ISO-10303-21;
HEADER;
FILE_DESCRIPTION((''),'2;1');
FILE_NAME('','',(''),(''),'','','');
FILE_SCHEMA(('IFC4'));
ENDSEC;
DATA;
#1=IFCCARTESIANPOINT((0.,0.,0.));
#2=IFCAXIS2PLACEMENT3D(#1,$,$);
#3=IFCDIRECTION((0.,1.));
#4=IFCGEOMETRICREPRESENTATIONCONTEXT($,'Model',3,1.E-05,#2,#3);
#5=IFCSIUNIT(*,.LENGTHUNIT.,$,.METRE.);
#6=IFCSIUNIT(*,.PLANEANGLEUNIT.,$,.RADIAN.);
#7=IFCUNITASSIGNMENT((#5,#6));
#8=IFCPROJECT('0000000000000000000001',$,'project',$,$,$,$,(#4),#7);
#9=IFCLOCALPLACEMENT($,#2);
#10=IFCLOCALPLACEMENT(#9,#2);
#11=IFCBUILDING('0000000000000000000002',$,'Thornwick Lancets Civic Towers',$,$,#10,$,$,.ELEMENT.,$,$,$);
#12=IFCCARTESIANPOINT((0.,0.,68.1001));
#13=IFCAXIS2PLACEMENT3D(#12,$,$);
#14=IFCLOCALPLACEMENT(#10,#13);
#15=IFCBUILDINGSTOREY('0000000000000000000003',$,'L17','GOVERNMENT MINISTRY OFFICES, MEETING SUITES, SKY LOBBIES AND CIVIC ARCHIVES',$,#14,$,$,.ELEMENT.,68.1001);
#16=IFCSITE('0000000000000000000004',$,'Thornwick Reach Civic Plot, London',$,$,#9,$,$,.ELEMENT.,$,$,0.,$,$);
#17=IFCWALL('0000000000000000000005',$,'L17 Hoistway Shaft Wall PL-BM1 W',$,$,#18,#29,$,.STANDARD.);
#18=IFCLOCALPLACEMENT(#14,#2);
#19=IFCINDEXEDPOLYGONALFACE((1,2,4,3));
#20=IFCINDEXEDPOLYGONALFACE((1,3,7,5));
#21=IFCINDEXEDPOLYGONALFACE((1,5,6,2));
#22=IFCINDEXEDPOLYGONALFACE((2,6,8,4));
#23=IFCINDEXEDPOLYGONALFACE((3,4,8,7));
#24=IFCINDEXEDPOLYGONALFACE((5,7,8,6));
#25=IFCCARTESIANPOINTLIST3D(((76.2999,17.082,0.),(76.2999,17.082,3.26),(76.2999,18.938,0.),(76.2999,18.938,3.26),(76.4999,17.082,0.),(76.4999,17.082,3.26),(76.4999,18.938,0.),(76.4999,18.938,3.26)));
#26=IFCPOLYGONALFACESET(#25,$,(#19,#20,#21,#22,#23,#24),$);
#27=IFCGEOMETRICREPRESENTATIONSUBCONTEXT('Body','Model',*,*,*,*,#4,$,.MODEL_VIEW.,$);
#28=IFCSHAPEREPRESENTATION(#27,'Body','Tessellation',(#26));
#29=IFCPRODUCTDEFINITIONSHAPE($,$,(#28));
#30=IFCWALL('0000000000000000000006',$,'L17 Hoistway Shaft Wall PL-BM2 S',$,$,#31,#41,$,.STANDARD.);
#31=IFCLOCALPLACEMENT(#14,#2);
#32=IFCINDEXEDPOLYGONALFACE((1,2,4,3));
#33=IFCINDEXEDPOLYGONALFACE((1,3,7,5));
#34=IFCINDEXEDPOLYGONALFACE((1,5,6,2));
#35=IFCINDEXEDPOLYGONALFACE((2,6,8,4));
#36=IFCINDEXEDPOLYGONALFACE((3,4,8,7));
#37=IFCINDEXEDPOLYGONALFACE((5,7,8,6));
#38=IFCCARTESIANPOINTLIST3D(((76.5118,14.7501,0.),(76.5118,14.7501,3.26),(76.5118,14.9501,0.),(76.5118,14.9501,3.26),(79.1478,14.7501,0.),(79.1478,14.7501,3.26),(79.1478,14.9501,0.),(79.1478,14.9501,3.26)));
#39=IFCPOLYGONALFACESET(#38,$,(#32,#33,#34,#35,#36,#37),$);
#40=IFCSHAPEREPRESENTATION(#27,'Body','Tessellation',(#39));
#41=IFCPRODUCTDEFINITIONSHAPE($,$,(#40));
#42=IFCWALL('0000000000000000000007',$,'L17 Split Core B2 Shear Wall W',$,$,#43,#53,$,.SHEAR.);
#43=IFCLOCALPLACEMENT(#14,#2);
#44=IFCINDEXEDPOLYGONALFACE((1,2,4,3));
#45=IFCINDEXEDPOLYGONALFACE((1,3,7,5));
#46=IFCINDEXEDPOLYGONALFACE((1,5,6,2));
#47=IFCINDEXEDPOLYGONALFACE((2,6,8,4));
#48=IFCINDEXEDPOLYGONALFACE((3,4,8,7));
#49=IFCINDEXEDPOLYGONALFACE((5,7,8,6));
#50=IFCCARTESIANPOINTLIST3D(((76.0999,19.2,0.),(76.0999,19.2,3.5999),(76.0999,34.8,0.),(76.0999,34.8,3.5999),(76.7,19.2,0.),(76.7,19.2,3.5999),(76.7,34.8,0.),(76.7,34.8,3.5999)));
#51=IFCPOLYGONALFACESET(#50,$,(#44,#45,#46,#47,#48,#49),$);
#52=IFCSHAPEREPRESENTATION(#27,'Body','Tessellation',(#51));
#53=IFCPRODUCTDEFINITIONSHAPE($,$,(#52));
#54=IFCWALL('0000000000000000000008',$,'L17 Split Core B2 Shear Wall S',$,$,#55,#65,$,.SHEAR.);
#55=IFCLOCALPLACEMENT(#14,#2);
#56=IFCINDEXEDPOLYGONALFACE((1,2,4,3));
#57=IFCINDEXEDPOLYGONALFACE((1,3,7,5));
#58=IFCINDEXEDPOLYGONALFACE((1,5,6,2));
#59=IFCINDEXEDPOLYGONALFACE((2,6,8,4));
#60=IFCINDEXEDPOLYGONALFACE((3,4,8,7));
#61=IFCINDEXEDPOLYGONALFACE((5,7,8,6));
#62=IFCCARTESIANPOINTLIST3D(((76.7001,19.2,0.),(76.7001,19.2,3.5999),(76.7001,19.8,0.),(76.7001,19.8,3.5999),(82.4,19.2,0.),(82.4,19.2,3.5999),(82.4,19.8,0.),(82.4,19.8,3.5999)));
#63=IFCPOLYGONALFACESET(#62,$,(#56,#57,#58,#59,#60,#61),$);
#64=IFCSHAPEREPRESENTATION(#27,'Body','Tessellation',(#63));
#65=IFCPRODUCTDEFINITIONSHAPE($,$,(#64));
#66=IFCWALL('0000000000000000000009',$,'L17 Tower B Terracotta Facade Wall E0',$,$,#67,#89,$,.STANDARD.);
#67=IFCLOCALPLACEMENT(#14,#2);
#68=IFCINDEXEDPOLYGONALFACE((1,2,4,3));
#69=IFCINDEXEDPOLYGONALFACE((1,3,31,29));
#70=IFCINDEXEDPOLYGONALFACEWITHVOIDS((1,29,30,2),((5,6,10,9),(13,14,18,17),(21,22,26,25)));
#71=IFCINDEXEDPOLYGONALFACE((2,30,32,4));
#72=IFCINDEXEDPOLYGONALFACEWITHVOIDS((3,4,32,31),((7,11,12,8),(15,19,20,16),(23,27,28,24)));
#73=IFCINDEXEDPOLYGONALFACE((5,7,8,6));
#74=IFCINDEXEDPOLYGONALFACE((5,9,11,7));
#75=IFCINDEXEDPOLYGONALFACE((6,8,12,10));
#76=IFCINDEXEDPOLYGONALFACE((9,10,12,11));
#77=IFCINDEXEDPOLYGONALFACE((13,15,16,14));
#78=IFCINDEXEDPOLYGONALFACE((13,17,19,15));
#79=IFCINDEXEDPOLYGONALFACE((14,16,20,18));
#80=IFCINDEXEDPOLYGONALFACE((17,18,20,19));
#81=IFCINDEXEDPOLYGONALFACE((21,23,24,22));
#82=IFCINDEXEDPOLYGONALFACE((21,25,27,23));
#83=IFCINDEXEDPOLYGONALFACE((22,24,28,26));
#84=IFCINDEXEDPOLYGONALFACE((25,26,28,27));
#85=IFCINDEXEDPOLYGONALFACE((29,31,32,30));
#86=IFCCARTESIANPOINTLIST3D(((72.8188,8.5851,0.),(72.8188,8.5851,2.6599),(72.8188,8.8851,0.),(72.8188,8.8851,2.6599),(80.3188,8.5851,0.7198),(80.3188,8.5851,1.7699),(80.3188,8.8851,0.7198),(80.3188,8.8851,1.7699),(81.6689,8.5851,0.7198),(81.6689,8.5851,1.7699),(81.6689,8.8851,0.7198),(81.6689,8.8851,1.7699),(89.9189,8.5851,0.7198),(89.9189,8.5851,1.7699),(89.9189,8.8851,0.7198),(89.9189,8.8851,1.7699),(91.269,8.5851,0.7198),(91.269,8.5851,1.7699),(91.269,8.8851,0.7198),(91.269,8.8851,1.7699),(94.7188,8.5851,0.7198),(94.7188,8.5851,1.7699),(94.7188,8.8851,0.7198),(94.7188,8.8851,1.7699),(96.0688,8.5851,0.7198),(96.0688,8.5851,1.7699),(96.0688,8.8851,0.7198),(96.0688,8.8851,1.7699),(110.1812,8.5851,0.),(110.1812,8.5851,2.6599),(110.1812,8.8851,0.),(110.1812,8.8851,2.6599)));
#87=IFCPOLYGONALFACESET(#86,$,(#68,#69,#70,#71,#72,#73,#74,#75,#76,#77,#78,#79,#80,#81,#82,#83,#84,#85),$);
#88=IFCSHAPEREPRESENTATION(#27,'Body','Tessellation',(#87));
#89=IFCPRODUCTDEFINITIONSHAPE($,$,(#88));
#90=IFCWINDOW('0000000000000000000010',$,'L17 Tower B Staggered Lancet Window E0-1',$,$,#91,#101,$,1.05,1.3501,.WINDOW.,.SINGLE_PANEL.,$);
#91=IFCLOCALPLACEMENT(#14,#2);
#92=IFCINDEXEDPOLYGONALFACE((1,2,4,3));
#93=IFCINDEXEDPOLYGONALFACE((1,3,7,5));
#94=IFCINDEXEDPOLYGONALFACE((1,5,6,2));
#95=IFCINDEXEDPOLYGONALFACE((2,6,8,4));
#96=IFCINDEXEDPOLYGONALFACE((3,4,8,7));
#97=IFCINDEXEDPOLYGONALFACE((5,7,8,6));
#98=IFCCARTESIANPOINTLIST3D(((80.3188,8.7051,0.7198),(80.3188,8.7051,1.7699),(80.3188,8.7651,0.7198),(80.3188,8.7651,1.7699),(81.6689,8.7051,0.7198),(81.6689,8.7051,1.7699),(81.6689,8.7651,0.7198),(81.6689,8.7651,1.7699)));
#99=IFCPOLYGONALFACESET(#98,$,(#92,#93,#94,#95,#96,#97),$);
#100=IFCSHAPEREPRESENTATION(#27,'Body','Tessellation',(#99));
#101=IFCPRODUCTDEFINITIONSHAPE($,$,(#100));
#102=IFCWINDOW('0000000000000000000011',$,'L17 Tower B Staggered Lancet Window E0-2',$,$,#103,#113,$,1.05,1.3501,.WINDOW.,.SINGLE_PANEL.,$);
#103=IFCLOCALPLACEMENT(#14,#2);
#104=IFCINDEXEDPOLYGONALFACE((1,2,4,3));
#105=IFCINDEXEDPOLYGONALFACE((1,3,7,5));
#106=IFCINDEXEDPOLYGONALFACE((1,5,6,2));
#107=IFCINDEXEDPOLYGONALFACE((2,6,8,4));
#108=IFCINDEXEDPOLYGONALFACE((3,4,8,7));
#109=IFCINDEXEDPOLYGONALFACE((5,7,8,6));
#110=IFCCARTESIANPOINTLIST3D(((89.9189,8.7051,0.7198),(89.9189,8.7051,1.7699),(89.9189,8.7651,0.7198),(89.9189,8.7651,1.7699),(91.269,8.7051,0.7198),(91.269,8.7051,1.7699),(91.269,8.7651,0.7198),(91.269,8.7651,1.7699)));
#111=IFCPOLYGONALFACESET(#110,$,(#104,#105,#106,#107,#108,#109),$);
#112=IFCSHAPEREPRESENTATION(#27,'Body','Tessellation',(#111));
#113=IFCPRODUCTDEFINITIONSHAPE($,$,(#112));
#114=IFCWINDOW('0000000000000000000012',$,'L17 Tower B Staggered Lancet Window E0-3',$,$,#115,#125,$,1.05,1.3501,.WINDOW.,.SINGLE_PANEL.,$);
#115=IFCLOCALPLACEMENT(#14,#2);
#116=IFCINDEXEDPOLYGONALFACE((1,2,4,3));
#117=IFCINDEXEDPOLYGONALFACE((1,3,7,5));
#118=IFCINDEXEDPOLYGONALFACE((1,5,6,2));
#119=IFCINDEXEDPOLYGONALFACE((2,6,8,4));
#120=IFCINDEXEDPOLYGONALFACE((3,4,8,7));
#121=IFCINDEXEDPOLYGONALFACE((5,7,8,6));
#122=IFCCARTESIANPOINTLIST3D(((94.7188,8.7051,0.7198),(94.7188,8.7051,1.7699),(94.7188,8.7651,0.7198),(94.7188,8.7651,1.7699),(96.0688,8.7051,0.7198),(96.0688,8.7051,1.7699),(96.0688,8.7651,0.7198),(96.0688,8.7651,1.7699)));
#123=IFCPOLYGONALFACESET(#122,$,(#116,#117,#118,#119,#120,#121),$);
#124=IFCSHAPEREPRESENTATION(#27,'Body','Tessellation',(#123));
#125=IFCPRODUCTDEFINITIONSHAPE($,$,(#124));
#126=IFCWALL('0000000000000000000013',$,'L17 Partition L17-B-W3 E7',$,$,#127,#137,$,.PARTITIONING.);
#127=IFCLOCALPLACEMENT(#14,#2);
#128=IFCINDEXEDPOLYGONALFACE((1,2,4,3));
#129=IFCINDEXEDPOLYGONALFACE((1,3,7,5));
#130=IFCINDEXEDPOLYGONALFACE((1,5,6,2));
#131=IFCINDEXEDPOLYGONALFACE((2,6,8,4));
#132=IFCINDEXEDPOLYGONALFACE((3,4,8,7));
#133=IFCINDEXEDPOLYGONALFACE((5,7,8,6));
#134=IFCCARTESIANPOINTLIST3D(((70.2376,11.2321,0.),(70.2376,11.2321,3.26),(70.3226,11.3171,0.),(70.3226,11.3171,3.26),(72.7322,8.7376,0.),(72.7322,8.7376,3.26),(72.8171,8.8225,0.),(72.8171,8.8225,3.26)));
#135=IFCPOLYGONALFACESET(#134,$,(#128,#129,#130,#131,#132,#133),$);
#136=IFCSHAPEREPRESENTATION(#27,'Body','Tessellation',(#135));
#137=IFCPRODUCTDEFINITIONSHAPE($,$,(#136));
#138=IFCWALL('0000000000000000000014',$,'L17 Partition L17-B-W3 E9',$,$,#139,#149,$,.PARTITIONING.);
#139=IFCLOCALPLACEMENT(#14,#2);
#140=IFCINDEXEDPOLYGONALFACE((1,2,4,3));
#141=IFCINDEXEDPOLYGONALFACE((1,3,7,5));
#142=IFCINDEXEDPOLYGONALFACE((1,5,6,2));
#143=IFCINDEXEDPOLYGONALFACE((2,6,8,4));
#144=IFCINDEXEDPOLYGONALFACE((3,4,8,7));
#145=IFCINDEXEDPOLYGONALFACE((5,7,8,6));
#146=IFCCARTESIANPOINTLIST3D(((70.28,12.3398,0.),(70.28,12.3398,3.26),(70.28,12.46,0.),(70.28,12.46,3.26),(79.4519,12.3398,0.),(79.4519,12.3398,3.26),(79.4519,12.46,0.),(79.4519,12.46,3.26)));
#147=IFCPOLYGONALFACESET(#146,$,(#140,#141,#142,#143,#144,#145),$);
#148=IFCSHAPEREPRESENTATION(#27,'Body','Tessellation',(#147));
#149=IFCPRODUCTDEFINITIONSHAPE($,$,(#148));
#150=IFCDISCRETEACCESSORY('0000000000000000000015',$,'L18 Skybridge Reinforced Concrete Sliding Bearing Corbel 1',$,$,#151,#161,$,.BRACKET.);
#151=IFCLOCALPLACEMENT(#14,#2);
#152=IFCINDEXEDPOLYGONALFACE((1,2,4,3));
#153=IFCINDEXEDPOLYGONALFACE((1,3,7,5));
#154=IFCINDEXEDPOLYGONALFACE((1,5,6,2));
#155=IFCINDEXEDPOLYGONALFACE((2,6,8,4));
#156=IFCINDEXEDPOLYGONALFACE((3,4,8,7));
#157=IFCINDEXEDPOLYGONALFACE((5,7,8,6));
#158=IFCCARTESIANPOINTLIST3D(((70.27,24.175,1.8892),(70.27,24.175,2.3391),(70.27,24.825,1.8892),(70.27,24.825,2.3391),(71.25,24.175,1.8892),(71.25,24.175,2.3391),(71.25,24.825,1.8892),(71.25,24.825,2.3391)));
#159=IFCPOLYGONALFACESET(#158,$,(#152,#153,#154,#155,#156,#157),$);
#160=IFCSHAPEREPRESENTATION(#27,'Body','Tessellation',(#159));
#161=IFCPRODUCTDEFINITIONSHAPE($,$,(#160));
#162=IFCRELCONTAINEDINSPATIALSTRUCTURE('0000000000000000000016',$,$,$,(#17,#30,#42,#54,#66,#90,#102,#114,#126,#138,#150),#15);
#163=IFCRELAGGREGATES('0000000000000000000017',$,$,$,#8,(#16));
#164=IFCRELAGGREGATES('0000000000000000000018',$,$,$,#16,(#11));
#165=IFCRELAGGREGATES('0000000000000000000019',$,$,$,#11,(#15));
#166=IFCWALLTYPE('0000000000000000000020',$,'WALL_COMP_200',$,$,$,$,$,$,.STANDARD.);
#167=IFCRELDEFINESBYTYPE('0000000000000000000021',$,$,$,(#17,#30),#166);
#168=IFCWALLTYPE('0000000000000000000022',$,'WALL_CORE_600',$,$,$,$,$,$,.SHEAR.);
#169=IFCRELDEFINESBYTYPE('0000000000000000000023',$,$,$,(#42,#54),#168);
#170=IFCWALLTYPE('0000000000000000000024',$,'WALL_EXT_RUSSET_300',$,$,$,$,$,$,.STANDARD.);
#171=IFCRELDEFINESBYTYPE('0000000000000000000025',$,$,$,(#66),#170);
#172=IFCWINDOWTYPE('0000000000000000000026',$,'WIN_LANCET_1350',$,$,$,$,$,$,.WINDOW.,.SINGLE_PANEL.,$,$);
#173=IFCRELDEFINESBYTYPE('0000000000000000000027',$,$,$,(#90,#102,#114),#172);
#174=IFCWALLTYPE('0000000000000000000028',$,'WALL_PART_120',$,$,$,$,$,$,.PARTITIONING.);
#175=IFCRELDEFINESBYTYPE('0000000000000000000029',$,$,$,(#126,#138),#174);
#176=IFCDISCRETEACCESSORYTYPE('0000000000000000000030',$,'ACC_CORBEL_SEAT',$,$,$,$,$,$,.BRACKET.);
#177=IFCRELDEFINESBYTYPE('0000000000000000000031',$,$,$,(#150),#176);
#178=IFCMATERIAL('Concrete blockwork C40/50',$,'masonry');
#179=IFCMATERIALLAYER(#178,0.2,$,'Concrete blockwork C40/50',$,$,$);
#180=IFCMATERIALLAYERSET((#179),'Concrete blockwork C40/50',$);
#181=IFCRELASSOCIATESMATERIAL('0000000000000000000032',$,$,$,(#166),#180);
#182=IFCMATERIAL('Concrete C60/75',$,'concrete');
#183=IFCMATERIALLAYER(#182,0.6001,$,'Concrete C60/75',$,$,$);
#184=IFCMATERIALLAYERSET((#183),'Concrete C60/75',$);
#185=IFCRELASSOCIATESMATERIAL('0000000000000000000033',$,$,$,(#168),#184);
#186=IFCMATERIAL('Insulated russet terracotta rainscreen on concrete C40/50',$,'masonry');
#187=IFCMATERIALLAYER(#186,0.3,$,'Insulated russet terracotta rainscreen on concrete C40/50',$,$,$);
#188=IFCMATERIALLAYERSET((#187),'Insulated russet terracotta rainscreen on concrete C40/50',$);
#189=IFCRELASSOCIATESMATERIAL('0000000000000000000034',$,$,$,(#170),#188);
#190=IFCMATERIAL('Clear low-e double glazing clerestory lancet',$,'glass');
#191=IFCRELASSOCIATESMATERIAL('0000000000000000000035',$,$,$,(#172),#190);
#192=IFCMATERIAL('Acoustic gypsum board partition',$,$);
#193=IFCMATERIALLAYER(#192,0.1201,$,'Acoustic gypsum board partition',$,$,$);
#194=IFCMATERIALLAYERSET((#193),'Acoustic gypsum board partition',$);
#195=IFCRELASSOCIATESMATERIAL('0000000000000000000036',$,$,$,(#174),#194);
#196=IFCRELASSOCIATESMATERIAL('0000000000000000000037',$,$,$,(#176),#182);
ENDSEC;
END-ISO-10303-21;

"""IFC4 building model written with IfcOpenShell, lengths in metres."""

from ifc_helpers import new_model, si_unit, direction, frame, frame_2d, origin, origin_2d, place, context, subcontext, project, spatial, rectangle, extrude, material, layer, layer_set, type_object, element, fill, save


model = new_model("IFC4")

# Units and contexts
model_context = context("Model", 3, precision=1e-05, world=origin(), true_north=direction((0.0, 1.0)))
body_context = subcontext(model_context, "Body", "Model", "MODEL_VIEW")
ifc_project = project(units=[si_unit("LENGTHUNIT", "METRE"), si_unit("PLANEANGLEUNIT", "RADIAN")], contexts=[model_context])

# Site, building, storey
site_placement = place(None, origin())
site = spatial("IfcSite", under=ifc_project, at=site_placement, Name="Thornwick Reach Civic Plot, London", CompositionType="ELEMENT", RefElevation=0.0)
building_placement = place(site_placement, origin())
building = spatial("IfcBuilding", under=site, at=building_placement, Name="Thornwick Lancets Civic Towers", CompositionType="ELEMENT")
storey_placement = place(building_placement, frame((0.0, 0.0, 68.1001)))
storey = spatial("IfcBuildingStorey", under=building, at=storey_placement, Name="L17", Description="GOVERNMENT MINISTRY OFFICES, MEETING SUITES, SKY LOBBIES AND CIVIC ARCHIVES", CompositionType="ELEMENT", Elevation=68.1001)

# Shared definitions
ifc_material_1 = material(Name="Concrete C60/75", Category="concrete")

# Walls
ifc_material_2 = material(Name="Concrete blockwork C40/50", Category="masonry")
ifc_layer_1 = layer(ifc_material_2, 0.2, Name="Concrete blockwork C40/50")
ifc_layer_set_1 = layer_set([ifc_layer_1], Name="Concrete blockwork C40/50")
wall_type_1 = type_object("IfcWallType", Name="WALL_COMP_200", PredefinedType="STANDARD", material=ifc_layer_set_1)
wall_1_placement = place(storey_placement, frame((76.3999, 17.082, 0.0), z_axis=(0.0, 0.0, 1.0), x_axis=(0.0, 1.0, 0.0)))
element("IfcWall", 1, at=wall_1_placement, inside=storey, type_object=wall_type_1, Name="L17 Hoistway Shaft Wall PL-BM1 W", PredefinedType="STANDARD", context=body_context, shape_type="SweptSolid", body=[
    extrude(rectangle(XDim=1.856, YDim=0.2, at=frame_2d((0.928, 0.0))), origin(), (0.0, 0.0, 1.0), 3.26),
])
wall_2_placement = place(storey_placement, frame((76.512, 14.8501, 0.0), z_axis=(0.0, 0.0, 1.0), x_axis=(1.0, 0.0, 0.0)))
element("IfcWall", 2, at=wall_2_placement, inside=storey, type_object=wall_type_1, Name="L17 Hoistway Shaft Wall PL-BM2 S", PredefinedType="STANDARD", context=body_context, shape_type="SweptSolid", body=[
    extrude(rectangle(XDim=2.636, YDim=0.2, at=frame_2d((1.3179, 0.0))), origin(), (0.0, 0.0, 1.0), 3.26),
])
ifc_layer_2 = layer(ifc_material_1, 0.6001, Name="Concrete C60/75")
ifc_layer_set_2 = layer_set([ifc_layer_2], Name="Concrete C60/75")
wall_type_2 = type_object("IfcWallType", Name="WALL_CORE_600", PredefinedType="SHEAR", material=ifc_layer_set_2)
wall_3_placement = place(storey_placement, frame((76.3999, 19.2, 0.0), z_axis=(0.0, 0.0, 1.0), x_axis=(0.0, 1.0, 0.0)))
element("IfcWall", 3, at=wall_3_placement, inside=storey, type_object=wall_type_2, Name="L17 Split Core B2 Shear Wall W", PredefinedType="SHEAR", context=body_context, shape_type="SweptSolid", body=[
    extrude(rectangle(XDim=15.6001, YDim=0.6001, at=frame_2d((7.8, 0.0))), origin(), (0.0, 0.0, 1.0), 3.5999),
])
wall_4_placement = place(storey_placement, frame((76.7, 19.5, 0.0), z_axis=(0.0, 0.0, 1.0), x_axis=(1.0, 0.0, 0.0)))
element("IfcWall", 4, at=wall_4_placement, inside=storey, type_object=wall_type_2, Name="L17 Split Core B2 Shear Wall S", PredefinedType="SHEAR", context=body_context, shape_type="SweptSolid", body=[
    extrude(rectangle(XDim=5.7, YDim=0.6001, at=frame_2d((2.8501, 0.0))), origin(), (0.0, 0.0, 1.0), 3.5999),
])

# Wall, openings, windows
ifc_material_3 = material(Name="Insulated russet terracotta rainscreen on concrete C40/50", Category="masonry")
ifc_layer_3 = layer(ifc_material_3, 0.3, Name="Insulated russet terracotta rainscreen on concrete C40/50")
ifc_layer_set_3 = layer_set([ifc_layer_3], Name="Insulated russet terracotta rainscreen on concrete C40/50")
wall_type_3 = type_object("IfcWallType", Name="WALL_EXT_RUSSET_300", PredefinedType="STANDARD", material=ifc_layer_set_3)
wall_5_placement = place(storey_placement, frame((72.8188, 8.7351, 0.0), z_axis=(0.0, 0.0, 1.0), x_axis=(1.0, 0.0, 0.0)))
wall_5 = element("IfcWall", 5, at=wall_5_placement, inside=storey, type_object=wall_type_3, Name="L17 Tower B Terracotta Facade Wall E0", PredefinedType="STANDARD", context=body_context, shape_type="SweptSolid", body=[
    extrude(rectangle(XDim=37.3623, YDim=0.3, at=frame_2d((18.6812, 0.0))), origin(), (0.0, 0.0, 1.0), 2.6599),
])
opening_1_placement = place(wall_5_placement, frame((7.5, 0.0, 0.72)))
opening_1 = element("IfcOpeningElement", 6, at=opening_1_placement, cuts=wall_5, PredefinedType="OPENING", context=body_context, shape_type="SweptSolid", body=[
    extrude(rectangle(XDim=1.3501, YDim=1.05, at=frame_2d((0.675, 0.5249))), frame((0.0, 0.1602, 0.0), z_axis=(0.0, -1.0, 0.0), x_axis=(1.0, 0.0, 0.0)), (0.0, 0.0, 1.0), 0.3201),
])
opening_2_placement = place(wall_5_placement, frame((17.1001, 0.0, 0.72)))
opening_2 = element("IfcOpeningElement", 7, at=opening_2_placement, cuts=wall_5, PredefinedType="OPENING", context=body_context, shape_type="SweptSolid", body=[
    extrude(rectangle(XDim=1.3501, YDim=1.05, at=frame_2d((0.675, 0.5249))), frame((0.0, 0.1602, 0.0), z_axis=(0.0, -1.0, 0.0), x_axis=(1.0, 0.0, 0.0)), (0.0, 0.0, 1.0), 0.3201),
])
opening_3_placement = place(wall_5_placement, frame((21.8999, 0.0, 0.72)))
opening_3 = element("IfcOpeningElement", 8, at=opening_3_placement, cuts=wall_5, PredefinedType="OPENING", context=body_context, shape_type="SweptSolid", body=[
    extrude(rectangle(XDim=1.3501, YDim=1.05, at=frame_2d((0.675, 0.5249))), frame((0.0, 0.1602, 0.0), z_axis=(0.0, -1.0, 0.0), x_axis=(1.0, 0.0, 0.0)), (0.0, 0.0, 1.0), 0.3201),
])
ifc_material_4 = material(Name="Clear low-e double glazing clerestory lancet", Category="glass")
window_type = type_object("IfcWindowType", Name="WIN_LANCET_1350", PartitioningType="SINGLE_PANEL", PredefinedType="WINDOW", material=ifc_material_4)
window_1_placement = place(opening_1_placement, origin())
window_1 = element("IfcWindow", 9, at=window_1_placement, inside=storey, type_object=window_type, Name="L17 Tower B Staggered Lancet Window E0-1", OverallHeight=1.05, OverallWidth=1.3501, PartitioningType="SINGLE_PANEL", PredefinedType="WINDOW", context=body_context, shape_type="SweptSolid", body=[
    extrude(rectangle(XDim=1.3501, YDim=1.05, at=frame_2d((0.675, 0.5249))), frame((0.0, 0.03, 0.0), z_axis=(0.0, -1.0, 0.0), x_axis=(1.0, 0.0, 0.0)), (0.0, 0.0, 1.0), 0.0601),
])
fill(opening_1, window_1)
window_2_placement = place(opening_2_placement, origin())
window_2 = element("IfcWindow", 10, at=window_2_placement, inside=storey, type_object=window_type, Name="L17 Tower B Staggered Lancet Window E0-2", OverallHeight=1.05, OverallWidth=1.3501, PartitioningType="SINGLE_PANEL", PredefinedType="WINDOW", context=body_context, shape_type="SweptSolid", body=[
    extrude(rectangle(XDim=1.3501, YDim=1.05, at=frame_2d((0.675, 0.5249))), frame((0.0, 0.03, 0.0), z_axis=(0.0, -1.0, 0.0), x_axis=(1.0, 0.0, 0.0)), (0.0, 0.0, 1.0), 0.0601),
])
fill(opening_2, window_2)
window_3_placement = place(opening_3_placement, origin())
window_3 = element("IfcWindow", 11, at=window_3_placement, inside=storey, type_object=window_type, Name="L17 Tower B Staggered Lancet Window E0-3", OverallHeight=1.05, OverallWidth=1.3501, PartitioningType="SINGLE_PANEL", PredefinedType="WINDOW", context=body_context, shape_type="SweptSolid", body=[
    extrude(rectangle(XDim=1.3501, YDim=1.05, at=frame_2d((0.675, 0.5249))), frame((0.0, 0.03, 0.0), z_axis=(0.0, -1.0, 0.0), x_axis=(1.0, 0.0, 0.0)), (0.0, 0.0, 1.0), 0.0601),
])
fill(opening_3, window_3)

# Walls
ifc_material_5 = material(Name="Acoustic gypsum board partition")
ifc_layer_4 = layer(ifc_material_5, 0.1201, Name="Acoustic gypsum board partition")
ifc_layer_set_4 = layer_set([ifc_layer_4], Name="Acoustic gypsum board partition")
wall_type_4 = type_object("IfcWallType", Name="WALL_PART_120", PredefinedType="PARTITIONING", material=ifc_layer_set_4)
wall_6_placement = place(storey_placement, frame((72.7747, 8.78, 0.0), z_axis=(0.0, 0.0, 1.0), x_axis=(-0.707107, 0.707107, 0.0)))
element("IfcWall", 12, at=wall_6_placement, inside=storey, type_object=wall_type_4, Name="L17 Partition L17-B-W3 E7", PredefinedType="PARTITIONING", context=body_context, shape_type="SweptSolid", body=[
    extrude(rectangle(XDim=3.5278, YDim=0.1201, at=frame_2d((1.7639, 0.0))), origin(), (0.0, 0.0, 1.0), 3.26),
])
wall_7_placement = place(storey_placement, frame((70.28, 12.3999, 0.0), z_axis=(0.0, 0.0, 1.0), x_axis=(1.0, 0.0, 0.0)))
element("IfcWall", 13, at=wall_7_placement, inside=storey, type_object=wall_type_4, Name="L17 Partition L17-B-W3 E9", PredefinedType="PARTITIONING", context=body_context, shape_type="SweptSolid", body=[
    extrude(rectangle(XDim=9.1719, YDim=0.1201, at=frame_2d((4.5859, 0.0))), origin(), (0.0, 0.0, 1.0), 3.26),
])

# Discrete accessory
discrete_accessory_type = type_object("IfcDiscreteAccessoryType", Name="ACC_CORBEL_SEAT", PredefinedType="BRACKET", material=ifc_material_1)
discrete_accessory_placement = place(storey_placement, frame((70.76, 24.5, 1.8892), z_axis=(0.0, 0.0, 1.0), x_axis=(1.0, 0.0, 0.0)))
element("IfcDiscreteAccessory", 14, at=discrete_accessory_placement, inside=storey, type_object=discrete_accessory_type, Name="L18 Skybridge Reinforced Concrete Sliding Bearing Corbel 1", PredefinedType="BRACKET", context=body_context, shape_type="SweptSolid", body=[
    extrude(rectangle(XDim=0.98, YDim=0.6499, at=origin_2d()), origin(), (0.0, 0.0, 1.0), 0.45),
])

save(model, "model.ifc")
